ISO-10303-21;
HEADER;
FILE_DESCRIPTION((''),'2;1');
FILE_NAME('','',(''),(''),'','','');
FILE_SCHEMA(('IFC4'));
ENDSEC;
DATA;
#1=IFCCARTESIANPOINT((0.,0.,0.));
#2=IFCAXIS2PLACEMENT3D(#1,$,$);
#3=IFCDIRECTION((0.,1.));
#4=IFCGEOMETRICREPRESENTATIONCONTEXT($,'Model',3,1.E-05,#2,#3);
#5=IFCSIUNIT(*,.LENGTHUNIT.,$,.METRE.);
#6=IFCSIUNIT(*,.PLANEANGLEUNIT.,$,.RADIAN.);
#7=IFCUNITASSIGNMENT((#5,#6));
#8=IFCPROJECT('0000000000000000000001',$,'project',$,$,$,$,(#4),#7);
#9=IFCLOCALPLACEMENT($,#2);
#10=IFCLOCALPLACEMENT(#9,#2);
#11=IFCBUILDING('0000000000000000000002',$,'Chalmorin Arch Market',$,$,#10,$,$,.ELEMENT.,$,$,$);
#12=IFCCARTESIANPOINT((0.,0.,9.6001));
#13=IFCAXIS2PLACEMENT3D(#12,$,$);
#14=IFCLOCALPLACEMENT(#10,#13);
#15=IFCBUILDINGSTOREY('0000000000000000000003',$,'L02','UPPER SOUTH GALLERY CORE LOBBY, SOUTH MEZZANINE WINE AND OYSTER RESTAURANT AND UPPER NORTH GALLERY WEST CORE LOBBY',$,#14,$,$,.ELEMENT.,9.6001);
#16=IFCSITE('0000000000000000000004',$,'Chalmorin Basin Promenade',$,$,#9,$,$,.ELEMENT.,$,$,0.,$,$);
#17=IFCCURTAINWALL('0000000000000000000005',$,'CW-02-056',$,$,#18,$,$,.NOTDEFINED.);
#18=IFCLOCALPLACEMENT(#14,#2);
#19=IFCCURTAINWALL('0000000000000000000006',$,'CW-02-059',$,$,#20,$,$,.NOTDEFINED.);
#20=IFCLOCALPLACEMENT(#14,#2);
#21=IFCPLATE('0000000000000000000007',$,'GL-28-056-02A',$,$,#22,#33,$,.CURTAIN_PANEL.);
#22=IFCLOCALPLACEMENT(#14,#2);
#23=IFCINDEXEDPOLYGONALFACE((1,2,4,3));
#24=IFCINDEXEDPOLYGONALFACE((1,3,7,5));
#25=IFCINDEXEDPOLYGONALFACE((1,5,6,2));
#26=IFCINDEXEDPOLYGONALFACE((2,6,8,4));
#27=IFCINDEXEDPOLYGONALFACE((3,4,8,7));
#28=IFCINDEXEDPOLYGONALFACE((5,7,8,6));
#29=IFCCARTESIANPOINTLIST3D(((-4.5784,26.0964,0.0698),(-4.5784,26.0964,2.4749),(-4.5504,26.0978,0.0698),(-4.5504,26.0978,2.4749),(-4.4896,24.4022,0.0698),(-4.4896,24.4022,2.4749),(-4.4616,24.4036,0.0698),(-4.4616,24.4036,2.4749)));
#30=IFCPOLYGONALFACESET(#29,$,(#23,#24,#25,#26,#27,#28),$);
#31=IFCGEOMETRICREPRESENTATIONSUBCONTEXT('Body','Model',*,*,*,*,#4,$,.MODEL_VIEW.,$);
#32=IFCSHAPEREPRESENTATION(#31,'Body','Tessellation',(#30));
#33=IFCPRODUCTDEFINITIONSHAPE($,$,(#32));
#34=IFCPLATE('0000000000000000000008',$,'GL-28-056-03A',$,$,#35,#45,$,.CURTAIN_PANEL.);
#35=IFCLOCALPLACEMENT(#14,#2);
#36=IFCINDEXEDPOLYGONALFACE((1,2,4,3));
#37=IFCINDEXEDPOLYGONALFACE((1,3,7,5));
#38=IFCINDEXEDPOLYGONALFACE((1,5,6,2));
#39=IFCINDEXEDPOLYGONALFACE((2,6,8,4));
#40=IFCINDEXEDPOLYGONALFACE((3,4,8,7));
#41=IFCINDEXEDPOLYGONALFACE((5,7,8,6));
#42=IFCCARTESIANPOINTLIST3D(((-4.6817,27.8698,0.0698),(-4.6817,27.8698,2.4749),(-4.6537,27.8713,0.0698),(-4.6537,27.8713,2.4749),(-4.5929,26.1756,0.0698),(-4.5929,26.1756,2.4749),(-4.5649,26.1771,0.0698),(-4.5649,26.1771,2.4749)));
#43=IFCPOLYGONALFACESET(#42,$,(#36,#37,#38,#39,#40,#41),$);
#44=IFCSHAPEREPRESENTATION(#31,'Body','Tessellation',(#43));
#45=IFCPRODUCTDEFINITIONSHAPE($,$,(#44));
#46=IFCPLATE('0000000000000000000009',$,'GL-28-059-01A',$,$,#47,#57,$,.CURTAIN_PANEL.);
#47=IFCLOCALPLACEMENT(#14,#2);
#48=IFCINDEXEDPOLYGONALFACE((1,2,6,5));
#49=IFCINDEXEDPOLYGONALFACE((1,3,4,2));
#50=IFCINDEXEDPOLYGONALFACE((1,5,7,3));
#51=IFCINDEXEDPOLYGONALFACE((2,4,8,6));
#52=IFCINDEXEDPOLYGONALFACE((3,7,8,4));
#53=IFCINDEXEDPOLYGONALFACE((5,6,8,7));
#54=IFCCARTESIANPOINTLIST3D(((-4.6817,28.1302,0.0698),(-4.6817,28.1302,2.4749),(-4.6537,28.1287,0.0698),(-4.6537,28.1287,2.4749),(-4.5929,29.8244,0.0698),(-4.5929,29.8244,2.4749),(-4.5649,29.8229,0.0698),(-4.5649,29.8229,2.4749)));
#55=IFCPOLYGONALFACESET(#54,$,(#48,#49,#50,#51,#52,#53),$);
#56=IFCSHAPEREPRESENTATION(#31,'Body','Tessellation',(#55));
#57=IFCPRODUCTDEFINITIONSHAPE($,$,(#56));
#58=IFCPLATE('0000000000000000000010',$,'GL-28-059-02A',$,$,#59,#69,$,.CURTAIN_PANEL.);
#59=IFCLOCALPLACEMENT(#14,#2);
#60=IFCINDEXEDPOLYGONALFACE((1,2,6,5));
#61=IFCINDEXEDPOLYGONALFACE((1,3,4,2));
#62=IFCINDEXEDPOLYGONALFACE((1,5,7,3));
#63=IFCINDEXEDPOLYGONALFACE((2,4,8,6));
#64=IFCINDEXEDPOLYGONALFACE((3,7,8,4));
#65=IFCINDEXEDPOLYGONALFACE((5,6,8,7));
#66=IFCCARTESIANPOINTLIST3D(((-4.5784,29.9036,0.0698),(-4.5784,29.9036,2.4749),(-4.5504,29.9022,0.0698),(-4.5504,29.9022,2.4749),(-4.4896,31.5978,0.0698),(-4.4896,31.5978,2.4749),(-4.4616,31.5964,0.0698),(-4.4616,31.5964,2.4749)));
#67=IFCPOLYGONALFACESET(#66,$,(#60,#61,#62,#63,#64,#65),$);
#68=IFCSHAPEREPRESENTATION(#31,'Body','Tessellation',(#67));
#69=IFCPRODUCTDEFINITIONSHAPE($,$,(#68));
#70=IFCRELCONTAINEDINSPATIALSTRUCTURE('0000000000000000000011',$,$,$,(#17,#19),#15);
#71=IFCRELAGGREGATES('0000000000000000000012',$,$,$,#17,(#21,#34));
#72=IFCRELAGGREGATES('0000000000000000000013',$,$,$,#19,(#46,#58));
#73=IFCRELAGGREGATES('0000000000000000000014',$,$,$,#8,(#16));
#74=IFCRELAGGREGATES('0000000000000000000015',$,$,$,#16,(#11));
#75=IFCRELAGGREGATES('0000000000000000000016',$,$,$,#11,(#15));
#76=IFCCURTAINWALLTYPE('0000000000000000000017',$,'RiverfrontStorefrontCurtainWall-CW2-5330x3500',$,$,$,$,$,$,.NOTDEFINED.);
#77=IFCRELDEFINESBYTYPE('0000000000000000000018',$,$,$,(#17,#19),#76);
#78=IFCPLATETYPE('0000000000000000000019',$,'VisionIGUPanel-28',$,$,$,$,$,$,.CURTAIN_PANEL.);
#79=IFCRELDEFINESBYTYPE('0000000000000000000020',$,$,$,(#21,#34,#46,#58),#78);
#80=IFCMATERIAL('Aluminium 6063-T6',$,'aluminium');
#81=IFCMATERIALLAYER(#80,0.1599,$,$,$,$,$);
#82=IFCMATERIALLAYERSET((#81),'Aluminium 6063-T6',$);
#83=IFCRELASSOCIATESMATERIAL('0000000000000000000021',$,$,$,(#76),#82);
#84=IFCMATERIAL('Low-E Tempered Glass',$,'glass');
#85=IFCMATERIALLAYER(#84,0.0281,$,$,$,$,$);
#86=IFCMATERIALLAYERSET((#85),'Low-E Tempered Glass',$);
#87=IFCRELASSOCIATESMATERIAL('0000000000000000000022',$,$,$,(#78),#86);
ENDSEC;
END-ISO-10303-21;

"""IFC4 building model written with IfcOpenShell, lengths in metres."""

from ifc_helpers import new_model, si_unit, direction, frame, origin, origin_2d, place, context, subcontext, project, spatial, rectangle, extrude, material, layer, layer_set, type_object, element, aggregate, save


model = new_model("IFC4")

# Units and contexts
model_context = context("Model", 3, precision=1e-05, world=origin(), true_north=direction((0.0, 1.0)))
body_context = subcontext(model_context, "Body", "Model", "MODEL_VIEW")
ifc_project = project(units=[si_unit("LENGTHUNIT", "METRE"), si_unit("PLANEANGLEUNIT", "RADIAN")], contexts=[model_context])

# Site, building, storey
site_placement = place(None, origin())
site = spatial("IfcSite", under=ifc_project, at=site_placement, Name="Chalmorin Basin Promenade", CompositionType="ELEMENT", RefElevation=0.0)
building_placement = place(site_placement, origin())
building = spatial("IfcBuilding", under=site, at=building_placement, Name="Chalmorin Arch Market", CompositionType="ELEMENT")
storey_placement = place(building_placement, frame((0.0, 0.0, 9.6001)))
storey = spatial("IfcBuildingStorey", under=building, at=storey_placement, Name="L02", Description="UPPER SOUTH GALLERY CORE LOBBY, SOUTH MEZZANINE WINE AND OYSTER RESTAURANT AND UPPER NORTH GALLERY WEST CORE LOBBY", CompositionType="ELEMENT", Elevation=9.6001)

# Curtain walls
ifc_material_1 = material(Name="Aluminium 6063-T6", Category="aluminium")
ifc_layer_1 = layer(ifc_material_1, 0.1599)
ifc_layer_set_1 = layer_set([ifc_layer_1], Name="Aluminium 6063-T6")
curtain_wall_type = type_object("IfcCurtainWallType", Name="RiverfrontStorefrontCurtainWall-CW2-5330x3500", PredefinedType="NOTDEFINED", material=ifc_layer_set_1)
curtain_wall_1_placement = place(storey_placement, origin())
curtain_wall_1 = element("IfcCurtainWall", 1, at=curtain_wall_1_placement, inside=storey, type_object=curtain_wall_type, Name="CW-02-056", PredefinedType="NOTDEFINED")
curtain_wall_2_placement = place(storey_placement, origin())
curtain_wall_2 = element("IfcCurtainWall", 2, at=curtain_wall_2_placement, inside=storey, type_object=curtain_wall_type, Name="CW-02-059", PredefinedType="NOTDEFINED")

# Plates
ifc_material_2 = material(Name="Low-E Tempered Glass", Category="glass")
ifc_layer_2 = layer(ifc_material_2, 0.0281)
ifc_layer_set_2 = layer_set([ifc_layer_2], Name="Low-E Tempered Glass")
plate_type_1 = type_object("IfcPlateType", Name="VisionIGUPanel-28", PredefinedType="CURTAIN_PANEL", material=ifc_layer_set_2)
plate_1_placement = place(storey_placement, frame((-4.52, 25.25, 0.0698), z_axis=(0.0, 0.0, 1.0), x_axis=(-0.052336, 0.99863, 0.0)))
plate_1 = element("IfcPlate", 3, at=plate_1_placement, type_object=plate_type_1, Name="GL-28-056-02A", PredefinedType="CURTAIN_PANEL", context=body_context, shape_type="SweptSolid", body=[
    extrude(rectangle(XDim=1.6965, YDim=0.0281, at=origin_2d()), origin(), (0.0, 0.0, 1.0), 2.405),
])
plate_2_placement = place(storey_placement, frame((-4.6233, 27.0234, 0.0698), z_axis=(0.0, 0.0, 1.0), x_axis=(-0.052336, 0.99863, 0.0)))
plate_2 = element("IfcPlate", 4, at=plate_2_placement, type_object=plate_type_1, Name="GL-28-056-03A", PredefinedType="CURTAIN_PANEL", context=body_context, shape_type="SweptSolid", body=[
    extrude(rectangle(XDim=1.6965, YDim=0.0281, at=origin_2d()), origin(), (0.0, 0.0, 1.0), 2.405),
])
aggregate(curtain_wall_1, [plate_1, plate_2])
plate_3_placement = place(storey_placement, frame((-4.6233, 28.9766, 0.0698), z_axis=(0.0, 0.0, 1.0), x_axis=(0.052336, 0.99863, 0.0)))
plate_3 = element("IfcPlate", 5, at=plate_3_placement, type_object=plate_type_1, Name="GL-28-059-01A", PredefinedType="CURTAIN_PANEL", context=body_context, shape_type="SweptSolid", body=[
    extrude(rectangle(XDim=1.6965, YDim=0.0281, at=origin_2d()), origin(), (0.0, 0.0, 1.0), 2.405),
])
plate_4_placement = place(storey_placement, frame((-4.52, 30.75, 0.0698), z_axis=(0.0, 0.0, 1.0), x_axis=(0.052336, 0.99863, 0.0)))
plate_4 = element("IfcPlate", 6, at=plate_4_placement, type_object=plate_type_1, Name="GL-28-059-02A", PredefinedType="CURTAIN_PANEL", context=body_context, shape_type="SweptSolid", body=[
    extrude(rectangle(XDim=1.6965, YDim=0.0281, at=origin_2d()), origin(), (0.0, 0.0, 1.0), 2.405),
])
aggregate(curtain_wall_2, [plate_3, plate_4])

save(model, "model.ifc")
